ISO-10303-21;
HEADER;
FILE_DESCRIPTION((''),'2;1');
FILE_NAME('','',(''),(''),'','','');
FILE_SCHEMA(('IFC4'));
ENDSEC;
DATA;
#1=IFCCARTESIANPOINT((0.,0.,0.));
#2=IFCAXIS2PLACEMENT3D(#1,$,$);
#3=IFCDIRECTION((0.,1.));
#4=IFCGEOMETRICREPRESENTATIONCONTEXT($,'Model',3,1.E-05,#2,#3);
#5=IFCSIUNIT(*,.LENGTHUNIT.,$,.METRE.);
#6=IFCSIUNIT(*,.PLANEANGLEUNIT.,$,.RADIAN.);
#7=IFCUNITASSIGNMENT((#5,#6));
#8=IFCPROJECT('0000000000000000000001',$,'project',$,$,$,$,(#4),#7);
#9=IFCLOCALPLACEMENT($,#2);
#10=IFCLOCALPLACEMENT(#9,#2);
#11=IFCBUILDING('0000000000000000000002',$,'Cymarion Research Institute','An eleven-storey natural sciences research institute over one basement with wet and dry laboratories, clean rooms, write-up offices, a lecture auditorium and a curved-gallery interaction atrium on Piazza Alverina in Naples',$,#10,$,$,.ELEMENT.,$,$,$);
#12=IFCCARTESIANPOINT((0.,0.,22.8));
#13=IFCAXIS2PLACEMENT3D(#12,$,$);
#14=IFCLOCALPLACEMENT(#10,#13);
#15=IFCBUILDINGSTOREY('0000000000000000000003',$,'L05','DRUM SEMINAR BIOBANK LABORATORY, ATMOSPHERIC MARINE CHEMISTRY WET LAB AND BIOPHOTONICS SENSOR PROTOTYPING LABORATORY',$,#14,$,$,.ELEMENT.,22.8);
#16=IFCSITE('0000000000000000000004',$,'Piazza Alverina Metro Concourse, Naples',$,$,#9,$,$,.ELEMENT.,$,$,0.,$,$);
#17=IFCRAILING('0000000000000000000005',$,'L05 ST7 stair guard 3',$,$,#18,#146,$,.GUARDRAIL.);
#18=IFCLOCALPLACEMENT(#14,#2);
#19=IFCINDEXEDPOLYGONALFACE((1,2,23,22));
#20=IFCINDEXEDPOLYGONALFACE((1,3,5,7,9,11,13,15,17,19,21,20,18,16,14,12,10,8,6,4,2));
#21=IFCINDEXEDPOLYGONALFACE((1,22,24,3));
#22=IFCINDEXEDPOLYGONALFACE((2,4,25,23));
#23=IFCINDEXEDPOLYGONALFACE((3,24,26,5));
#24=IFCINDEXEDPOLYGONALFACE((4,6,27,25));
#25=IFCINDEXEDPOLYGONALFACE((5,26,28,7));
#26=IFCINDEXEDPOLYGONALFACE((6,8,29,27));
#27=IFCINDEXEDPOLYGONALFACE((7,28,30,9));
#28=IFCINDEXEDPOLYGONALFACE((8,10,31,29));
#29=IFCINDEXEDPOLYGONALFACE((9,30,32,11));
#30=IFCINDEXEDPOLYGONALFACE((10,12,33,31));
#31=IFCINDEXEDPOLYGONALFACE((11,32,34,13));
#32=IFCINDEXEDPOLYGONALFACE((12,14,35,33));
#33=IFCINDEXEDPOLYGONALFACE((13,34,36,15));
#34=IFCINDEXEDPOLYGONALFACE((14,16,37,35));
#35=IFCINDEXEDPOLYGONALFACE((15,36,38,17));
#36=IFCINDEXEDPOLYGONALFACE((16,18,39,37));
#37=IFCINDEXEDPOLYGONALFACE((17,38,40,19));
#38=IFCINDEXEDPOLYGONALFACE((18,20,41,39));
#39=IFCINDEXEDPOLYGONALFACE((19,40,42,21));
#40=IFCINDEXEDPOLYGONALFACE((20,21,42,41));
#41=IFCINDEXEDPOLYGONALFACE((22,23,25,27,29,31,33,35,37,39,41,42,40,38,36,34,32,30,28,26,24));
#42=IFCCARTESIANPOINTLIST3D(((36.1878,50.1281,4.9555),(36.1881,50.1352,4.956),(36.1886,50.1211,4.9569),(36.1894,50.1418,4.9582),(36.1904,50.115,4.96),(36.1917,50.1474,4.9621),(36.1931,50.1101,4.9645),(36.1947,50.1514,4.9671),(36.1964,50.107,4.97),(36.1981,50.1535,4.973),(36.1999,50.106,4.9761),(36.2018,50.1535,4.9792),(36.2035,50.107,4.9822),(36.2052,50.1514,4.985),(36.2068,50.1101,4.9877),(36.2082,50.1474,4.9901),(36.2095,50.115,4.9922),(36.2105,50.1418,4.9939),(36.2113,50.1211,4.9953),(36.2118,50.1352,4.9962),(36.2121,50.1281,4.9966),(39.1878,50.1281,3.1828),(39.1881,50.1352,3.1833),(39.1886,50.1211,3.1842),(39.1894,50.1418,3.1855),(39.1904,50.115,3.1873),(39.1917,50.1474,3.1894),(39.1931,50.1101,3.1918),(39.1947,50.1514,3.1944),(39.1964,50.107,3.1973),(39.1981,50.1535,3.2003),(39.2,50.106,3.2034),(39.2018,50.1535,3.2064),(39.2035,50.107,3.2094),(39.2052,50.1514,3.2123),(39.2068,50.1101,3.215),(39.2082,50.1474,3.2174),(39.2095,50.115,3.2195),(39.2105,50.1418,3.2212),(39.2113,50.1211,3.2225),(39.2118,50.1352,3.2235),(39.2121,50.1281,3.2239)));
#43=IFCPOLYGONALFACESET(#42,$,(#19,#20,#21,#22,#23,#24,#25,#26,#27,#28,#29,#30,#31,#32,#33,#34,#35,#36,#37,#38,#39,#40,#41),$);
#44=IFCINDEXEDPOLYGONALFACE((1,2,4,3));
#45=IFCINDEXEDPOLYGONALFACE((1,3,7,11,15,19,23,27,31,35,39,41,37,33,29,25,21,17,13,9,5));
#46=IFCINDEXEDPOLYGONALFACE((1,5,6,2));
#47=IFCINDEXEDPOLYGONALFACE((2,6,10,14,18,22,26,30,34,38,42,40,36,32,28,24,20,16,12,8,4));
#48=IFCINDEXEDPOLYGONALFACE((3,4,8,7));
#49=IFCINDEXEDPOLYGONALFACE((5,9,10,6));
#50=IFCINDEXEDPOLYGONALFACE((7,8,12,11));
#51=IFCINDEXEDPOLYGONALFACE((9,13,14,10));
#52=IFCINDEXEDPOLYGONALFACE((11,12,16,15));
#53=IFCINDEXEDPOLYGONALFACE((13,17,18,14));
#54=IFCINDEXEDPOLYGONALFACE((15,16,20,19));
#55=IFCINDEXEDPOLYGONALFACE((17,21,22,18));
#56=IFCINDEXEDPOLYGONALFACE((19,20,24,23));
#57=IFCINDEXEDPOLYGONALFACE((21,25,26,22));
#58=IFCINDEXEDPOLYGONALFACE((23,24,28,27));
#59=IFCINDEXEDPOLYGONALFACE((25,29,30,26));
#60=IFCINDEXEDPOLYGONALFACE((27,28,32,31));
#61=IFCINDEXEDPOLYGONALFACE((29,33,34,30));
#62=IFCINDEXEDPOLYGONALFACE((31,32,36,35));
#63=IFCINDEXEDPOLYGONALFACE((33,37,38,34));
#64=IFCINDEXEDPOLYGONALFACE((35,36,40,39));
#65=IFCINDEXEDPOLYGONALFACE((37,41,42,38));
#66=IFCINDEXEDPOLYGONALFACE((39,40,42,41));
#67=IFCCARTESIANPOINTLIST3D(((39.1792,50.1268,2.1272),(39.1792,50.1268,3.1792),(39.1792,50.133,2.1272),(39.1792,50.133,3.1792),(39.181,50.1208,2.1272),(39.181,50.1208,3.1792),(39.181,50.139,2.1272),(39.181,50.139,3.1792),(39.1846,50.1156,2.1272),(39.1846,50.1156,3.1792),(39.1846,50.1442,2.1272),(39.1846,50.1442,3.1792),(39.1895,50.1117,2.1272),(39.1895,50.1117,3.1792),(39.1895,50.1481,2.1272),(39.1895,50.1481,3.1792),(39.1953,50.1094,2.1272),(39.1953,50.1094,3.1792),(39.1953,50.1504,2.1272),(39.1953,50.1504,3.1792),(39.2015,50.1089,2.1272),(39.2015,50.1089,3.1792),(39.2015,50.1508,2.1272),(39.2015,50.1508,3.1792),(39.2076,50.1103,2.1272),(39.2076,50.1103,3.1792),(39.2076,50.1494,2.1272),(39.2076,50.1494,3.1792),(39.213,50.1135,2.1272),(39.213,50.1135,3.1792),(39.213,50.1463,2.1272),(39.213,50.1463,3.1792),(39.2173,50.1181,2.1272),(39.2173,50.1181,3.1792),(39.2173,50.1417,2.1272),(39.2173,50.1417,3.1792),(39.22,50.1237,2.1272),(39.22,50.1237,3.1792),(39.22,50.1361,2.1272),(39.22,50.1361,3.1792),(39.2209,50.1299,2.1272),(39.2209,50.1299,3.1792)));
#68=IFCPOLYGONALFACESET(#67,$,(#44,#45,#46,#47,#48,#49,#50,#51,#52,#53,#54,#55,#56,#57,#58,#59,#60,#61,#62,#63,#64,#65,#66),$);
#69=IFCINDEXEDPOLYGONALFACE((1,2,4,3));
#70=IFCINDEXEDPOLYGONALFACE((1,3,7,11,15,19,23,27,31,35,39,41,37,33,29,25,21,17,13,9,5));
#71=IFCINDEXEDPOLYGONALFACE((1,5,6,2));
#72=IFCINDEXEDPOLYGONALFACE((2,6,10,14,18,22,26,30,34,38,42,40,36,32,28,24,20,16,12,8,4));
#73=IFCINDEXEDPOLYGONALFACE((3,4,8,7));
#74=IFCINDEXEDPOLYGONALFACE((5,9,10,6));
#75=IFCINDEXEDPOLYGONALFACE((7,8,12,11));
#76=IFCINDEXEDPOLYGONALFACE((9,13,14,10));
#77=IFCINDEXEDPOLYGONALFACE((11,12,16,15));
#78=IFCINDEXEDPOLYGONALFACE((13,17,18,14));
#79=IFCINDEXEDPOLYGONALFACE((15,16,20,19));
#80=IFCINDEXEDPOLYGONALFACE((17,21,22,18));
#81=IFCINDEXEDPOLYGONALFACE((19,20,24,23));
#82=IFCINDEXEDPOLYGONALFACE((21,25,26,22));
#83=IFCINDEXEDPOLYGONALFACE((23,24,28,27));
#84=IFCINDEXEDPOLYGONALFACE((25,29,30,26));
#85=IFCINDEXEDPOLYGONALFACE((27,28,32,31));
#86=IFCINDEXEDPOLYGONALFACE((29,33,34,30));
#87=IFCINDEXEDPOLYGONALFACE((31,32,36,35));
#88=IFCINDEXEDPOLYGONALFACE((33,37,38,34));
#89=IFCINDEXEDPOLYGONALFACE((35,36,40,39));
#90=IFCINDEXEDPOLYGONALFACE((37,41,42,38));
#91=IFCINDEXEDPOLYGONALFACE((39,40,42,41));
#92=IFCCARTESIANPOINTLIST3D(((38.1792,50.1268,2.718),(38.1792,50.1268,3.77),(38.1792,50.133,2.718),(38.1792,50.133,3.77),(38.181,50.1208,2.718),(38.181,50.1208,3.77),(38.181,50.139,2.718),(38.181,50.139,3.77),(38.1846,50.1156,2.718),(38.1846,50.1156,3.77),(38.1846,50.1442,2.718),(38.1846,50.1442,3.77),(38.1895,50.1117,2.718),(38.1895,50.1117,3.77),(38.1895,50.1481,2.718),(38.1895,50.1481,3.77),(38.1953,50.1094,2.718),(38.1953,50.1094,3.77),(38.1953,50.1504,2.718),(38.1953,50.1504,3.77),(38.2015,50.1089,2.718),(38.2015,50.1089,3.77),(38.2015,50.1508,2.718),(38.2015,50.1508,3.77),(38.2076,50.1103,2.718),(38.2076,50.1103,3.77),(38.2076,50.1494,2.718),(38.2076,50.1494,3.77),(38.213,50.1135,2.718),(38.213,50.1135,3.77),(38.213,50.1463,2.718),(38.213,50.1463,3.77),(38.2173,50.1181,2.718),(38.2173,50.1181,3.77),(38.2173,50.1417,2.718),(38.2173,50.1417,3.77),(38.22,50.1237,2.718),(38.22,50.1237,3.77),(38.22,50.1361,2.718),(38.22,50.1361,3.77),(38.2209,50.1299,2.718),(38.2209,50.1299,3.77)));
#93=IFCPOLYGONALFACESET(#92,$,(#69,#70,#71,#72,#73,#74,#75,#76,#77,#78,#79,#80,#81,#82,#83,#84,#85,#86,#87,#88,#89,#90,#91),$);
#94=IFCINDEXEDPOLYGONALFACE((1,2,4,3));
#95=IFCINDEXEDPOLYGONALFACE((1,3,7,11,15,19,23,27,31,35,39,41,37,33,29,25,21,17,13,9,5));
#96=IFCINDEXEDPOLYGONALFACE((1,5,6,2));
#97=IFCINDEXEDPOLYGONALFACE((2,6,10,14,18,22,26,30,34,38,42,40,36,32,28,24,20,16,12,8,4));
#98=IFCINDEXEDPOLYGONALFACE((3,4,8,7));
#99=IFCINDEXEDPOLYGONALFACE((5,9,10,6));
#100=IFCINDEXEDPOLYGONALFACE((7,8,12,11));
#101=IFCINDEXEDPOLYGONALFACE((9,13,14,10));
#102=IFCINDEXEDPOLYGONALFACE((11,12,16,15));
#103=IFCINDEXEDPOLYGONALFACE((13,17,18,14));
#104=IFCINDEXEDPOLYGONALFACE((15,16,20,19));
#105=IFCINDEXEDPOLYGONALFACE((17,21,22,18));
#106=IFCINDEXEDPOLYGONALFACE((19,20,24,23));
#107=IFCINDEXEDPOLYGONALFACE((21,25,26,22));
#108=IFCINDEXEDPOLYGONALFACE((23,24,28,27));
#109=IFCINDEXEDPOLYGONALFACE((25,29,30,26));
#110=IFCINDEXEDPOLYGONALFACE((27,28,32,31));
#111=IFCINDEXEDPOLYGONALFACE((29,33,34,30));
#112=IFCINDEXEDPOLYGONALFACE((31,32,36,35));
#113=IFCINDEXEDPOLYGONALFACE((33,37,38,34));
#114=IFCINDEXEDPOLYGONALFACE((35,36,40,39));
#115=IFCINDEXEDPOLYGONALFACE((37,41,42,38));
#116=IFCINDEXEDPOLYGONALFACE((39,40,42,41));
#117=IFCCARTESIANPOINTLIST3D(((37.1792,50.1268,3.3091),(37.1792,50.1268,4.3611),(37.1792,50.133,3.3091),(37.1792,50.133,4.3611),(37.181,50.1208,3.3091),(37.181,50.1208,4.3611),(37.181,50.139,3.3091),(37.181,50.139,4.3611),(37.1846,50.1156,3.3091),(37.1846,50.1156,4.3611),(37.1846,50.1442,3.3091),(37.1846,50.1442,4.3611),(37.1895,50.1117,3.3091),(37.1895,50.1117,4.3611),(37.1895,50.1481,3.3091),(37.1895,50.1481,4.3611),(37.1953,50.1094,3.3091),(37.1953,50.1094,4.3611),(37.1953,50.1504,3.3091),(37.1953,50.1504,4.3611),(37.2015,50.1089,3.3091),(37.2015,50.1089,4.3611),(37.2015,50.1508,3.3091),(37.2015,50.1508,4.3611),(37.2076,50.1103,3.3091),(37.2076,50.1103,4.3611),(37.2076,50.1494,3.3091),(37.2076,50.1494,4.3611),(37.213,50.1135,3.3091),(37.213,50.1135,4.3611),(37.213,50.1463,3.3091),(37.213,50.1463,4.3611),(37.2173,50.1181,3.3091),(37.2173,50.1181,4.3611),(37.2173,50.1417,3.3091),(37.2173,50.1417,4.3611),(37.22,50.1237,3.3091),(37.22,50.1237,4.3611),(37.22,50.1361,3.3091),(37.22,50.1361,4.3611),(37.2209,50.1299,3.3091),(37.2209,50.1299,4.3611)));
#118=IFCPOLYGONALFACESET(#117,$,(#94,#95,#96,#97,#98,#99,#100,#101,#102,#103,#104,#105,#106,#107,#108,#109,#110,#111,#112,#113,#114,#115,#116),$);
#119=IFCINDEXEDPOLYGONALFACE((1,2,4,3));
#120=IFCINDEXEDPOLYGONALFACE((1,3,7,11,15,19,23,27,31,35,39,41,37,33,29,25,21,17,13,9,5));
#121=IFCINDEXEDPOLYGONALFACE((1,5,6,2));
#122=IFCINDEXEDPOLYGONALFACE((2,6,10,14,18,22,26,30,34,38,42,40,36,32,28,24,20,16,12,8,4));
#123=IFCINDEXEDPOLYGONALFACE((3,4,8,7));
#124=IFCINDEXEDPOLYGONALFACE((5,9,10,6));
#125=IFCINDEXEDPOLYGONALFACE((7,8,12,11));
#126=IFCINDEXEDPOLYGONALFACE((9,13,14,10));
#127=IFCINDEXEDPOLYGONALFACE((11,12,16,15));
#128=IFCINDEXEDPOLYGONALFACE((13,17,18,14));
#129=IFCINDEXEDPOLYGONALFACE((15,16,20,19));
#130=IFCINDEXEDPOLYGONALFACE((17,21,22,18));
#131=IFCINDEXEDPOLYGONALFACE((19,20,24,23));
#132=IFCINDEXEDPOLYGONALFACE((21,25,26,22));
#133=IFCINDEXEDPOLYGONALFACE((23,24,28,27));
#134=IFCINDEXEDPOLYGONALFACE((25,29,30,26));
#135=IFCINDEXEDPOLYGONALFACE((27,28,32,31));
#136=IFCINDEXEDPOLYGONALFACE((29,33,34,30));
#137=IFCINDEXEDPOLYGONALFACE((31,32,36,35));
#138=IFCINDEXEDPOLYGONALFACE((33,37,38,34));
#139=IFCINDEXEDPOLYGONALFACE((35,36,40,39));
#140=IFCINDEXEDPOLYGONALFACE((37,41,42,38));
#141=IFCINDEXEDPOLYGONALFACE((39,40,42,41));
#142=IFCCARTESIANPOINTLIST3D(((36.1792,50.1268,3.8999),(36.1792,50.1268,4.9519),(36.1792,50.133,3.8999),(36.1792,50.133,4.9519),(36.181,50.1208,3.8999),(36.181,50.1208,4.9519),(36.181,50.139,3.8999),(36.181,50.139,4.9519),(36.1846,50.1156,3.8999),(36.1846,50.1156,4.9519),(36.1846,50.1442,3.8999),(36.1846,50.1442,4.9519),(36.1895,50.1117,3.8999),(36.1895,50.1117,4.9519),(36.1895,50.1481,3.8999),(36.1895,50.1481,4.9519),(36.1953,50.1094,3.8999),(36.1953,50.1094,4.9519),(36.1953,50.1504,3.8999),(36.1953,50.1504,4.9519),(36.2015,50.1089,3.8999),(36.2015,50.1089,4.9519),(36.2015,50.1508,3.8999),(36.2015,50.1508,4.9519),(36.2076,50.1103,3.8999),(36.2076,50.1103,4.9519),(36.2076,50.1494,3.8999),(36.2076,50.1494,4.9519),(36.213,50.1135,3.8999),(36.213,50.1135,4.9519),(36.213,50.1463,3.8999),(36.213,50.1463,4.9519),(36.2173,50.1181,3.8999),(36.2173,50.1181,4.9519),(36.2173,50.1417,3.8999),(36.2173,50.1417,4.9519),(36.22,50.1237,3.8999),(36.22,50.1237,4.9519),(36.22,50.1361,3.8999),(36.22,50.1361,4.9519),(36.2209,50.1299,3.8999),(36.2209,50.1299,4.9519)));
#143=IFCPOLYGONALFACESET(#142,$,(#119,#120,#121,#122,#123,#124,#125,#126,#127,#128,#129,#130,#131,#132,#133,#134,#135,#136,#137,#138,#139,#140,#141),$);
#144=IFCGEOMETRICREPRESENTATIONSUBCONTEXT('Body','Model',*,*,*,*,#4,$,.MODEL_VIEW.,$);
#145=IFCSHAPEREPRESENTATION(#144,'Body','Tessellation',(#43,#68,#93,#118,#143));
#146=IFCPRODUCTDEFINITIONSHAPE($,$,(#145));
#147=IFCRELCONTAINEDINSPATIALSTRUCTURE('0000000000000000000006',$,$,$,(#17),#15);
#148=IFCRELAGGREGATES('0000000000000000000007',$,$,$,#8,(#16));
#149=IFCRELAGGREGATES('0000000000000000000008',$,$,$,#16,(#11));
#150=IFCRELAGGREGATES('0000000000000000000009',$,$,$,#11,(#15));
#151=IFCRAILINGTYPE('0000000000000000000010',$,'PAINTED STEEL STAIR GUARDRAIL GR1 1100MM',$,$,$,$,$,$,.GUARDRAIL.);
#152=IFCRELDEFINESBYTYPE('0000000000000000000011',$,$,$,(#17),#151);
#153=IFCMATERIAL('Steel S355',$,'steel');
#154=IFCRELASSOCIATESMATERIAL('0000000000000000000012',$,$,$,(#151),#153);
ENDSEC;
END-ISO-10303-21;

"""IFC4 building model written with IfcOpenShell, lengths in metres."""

from ifc_helpers import new_model, si_unit, direction, frame, origin, origin_2d, place, context, subcontext, project, spatial, circle, extrude, material, type_object, element, save


model = new_model("IFC4")

# Units and contexts
model_context = context("Model", 3, precision=1e-05, world=origin(), true_north=direction((0.0, 1.0)))
body_context = subcontext(model_context, "Body", "Model", "MODEL_VIEW")
ifc_project = project(units=[si_unit("LENGTHUNIT", "METRE"), si_unit("PLANEANGLEUNIT", "RADIAN")], contexts=[model_context])

# Site, building, storey
site_placement = place(None, origin())
site = spatial("IfcSite", under=ifc_project, at=site_placement, Name="Piazza Alverina Metro Concourse, Naples", CompositionType="ELEMENT", RefElevation=0.0)
building_placement = place(site_placement, origin())
building = spatial("IfcBuilding", under=site, at=building_placement, Name="Cymarion Research Institute", Description="An eleven-storey natural sciences research institute over one basement with wet and dry laboratories, clean rooms, write-up offices, a lecture auditorium and a curved-gallery interaction atrium on Piazza Alverina in Naples", CompositionType="ELEMENT")
storey_placement = place(building_placement, frame((0.0, 0.0, 22.8)))
storey = spatial("IfcBuildingStorey", under=building, at=storey_placement, Name="L05", Description="DRUM SEMINAR BIOBANK LABORATORY, ATMOSPHERIC MARINE CHEMISTRY WET LAB AND BIOPHOTONICS SENSOR PROTOTYPING LABORATORY", CompositionType="ELEMENT", Elevation=22.8)

# Shared definitions
ifc_material_1 = material(Name="Steel S355", Category="steel")

# Railing
railing_type_1 = type_object("IfcRailingType", Name="PAINTED STEEL STAIR GUARDRAIL GR1 1100MM", PredefinedType="GUARDRAIL", material=ifc_material_1)
railing_1_placement = place(storey_placement, frame((39.2, 50.1299, 2.1272)))
element("IfcRailing", 1, at=railing_1_placement, inside=storey, type_object=railing_type_1, Name="L05 ST7 stair guard 3", PredefinedType="GUARDRAIL", context=body_context, shape_type="SweptSolid", body=[
    extrude(circle(Radius=0.0239, at=origin_2d()), frame((0.0, 0.0, 1.0762), z_axis=(-0.860929, 0.0, 0.508725), x_axis=(0.0, -1.0, 0.0)), (0.0, 0.0, 1.0), 3.4846),
    extrude(circle(Radius=0.021, at=origin_2d()), origin(), (0.0, 0.0, 1.0), 1.052),
    extrude(circle(Radius=0.021, at=origin_2d()), frame((-1.0, 0.0, 0.5908)), (0.0, 0.0, 1.0), 1.052),
    extrude(circle(Radius=0.021, at=origin_2d()), frame((-2.0, 0.0, 1.1819)), (0.0, 0.0, 1.0), 1.052),
    extrude(circle(Radius=0.021, at=origin_2d()), frame((-3.0, 0.0, 1.7727)), (0.0, 0.0, 1.0), 1.052),
])

save(model, "model.ifc")
